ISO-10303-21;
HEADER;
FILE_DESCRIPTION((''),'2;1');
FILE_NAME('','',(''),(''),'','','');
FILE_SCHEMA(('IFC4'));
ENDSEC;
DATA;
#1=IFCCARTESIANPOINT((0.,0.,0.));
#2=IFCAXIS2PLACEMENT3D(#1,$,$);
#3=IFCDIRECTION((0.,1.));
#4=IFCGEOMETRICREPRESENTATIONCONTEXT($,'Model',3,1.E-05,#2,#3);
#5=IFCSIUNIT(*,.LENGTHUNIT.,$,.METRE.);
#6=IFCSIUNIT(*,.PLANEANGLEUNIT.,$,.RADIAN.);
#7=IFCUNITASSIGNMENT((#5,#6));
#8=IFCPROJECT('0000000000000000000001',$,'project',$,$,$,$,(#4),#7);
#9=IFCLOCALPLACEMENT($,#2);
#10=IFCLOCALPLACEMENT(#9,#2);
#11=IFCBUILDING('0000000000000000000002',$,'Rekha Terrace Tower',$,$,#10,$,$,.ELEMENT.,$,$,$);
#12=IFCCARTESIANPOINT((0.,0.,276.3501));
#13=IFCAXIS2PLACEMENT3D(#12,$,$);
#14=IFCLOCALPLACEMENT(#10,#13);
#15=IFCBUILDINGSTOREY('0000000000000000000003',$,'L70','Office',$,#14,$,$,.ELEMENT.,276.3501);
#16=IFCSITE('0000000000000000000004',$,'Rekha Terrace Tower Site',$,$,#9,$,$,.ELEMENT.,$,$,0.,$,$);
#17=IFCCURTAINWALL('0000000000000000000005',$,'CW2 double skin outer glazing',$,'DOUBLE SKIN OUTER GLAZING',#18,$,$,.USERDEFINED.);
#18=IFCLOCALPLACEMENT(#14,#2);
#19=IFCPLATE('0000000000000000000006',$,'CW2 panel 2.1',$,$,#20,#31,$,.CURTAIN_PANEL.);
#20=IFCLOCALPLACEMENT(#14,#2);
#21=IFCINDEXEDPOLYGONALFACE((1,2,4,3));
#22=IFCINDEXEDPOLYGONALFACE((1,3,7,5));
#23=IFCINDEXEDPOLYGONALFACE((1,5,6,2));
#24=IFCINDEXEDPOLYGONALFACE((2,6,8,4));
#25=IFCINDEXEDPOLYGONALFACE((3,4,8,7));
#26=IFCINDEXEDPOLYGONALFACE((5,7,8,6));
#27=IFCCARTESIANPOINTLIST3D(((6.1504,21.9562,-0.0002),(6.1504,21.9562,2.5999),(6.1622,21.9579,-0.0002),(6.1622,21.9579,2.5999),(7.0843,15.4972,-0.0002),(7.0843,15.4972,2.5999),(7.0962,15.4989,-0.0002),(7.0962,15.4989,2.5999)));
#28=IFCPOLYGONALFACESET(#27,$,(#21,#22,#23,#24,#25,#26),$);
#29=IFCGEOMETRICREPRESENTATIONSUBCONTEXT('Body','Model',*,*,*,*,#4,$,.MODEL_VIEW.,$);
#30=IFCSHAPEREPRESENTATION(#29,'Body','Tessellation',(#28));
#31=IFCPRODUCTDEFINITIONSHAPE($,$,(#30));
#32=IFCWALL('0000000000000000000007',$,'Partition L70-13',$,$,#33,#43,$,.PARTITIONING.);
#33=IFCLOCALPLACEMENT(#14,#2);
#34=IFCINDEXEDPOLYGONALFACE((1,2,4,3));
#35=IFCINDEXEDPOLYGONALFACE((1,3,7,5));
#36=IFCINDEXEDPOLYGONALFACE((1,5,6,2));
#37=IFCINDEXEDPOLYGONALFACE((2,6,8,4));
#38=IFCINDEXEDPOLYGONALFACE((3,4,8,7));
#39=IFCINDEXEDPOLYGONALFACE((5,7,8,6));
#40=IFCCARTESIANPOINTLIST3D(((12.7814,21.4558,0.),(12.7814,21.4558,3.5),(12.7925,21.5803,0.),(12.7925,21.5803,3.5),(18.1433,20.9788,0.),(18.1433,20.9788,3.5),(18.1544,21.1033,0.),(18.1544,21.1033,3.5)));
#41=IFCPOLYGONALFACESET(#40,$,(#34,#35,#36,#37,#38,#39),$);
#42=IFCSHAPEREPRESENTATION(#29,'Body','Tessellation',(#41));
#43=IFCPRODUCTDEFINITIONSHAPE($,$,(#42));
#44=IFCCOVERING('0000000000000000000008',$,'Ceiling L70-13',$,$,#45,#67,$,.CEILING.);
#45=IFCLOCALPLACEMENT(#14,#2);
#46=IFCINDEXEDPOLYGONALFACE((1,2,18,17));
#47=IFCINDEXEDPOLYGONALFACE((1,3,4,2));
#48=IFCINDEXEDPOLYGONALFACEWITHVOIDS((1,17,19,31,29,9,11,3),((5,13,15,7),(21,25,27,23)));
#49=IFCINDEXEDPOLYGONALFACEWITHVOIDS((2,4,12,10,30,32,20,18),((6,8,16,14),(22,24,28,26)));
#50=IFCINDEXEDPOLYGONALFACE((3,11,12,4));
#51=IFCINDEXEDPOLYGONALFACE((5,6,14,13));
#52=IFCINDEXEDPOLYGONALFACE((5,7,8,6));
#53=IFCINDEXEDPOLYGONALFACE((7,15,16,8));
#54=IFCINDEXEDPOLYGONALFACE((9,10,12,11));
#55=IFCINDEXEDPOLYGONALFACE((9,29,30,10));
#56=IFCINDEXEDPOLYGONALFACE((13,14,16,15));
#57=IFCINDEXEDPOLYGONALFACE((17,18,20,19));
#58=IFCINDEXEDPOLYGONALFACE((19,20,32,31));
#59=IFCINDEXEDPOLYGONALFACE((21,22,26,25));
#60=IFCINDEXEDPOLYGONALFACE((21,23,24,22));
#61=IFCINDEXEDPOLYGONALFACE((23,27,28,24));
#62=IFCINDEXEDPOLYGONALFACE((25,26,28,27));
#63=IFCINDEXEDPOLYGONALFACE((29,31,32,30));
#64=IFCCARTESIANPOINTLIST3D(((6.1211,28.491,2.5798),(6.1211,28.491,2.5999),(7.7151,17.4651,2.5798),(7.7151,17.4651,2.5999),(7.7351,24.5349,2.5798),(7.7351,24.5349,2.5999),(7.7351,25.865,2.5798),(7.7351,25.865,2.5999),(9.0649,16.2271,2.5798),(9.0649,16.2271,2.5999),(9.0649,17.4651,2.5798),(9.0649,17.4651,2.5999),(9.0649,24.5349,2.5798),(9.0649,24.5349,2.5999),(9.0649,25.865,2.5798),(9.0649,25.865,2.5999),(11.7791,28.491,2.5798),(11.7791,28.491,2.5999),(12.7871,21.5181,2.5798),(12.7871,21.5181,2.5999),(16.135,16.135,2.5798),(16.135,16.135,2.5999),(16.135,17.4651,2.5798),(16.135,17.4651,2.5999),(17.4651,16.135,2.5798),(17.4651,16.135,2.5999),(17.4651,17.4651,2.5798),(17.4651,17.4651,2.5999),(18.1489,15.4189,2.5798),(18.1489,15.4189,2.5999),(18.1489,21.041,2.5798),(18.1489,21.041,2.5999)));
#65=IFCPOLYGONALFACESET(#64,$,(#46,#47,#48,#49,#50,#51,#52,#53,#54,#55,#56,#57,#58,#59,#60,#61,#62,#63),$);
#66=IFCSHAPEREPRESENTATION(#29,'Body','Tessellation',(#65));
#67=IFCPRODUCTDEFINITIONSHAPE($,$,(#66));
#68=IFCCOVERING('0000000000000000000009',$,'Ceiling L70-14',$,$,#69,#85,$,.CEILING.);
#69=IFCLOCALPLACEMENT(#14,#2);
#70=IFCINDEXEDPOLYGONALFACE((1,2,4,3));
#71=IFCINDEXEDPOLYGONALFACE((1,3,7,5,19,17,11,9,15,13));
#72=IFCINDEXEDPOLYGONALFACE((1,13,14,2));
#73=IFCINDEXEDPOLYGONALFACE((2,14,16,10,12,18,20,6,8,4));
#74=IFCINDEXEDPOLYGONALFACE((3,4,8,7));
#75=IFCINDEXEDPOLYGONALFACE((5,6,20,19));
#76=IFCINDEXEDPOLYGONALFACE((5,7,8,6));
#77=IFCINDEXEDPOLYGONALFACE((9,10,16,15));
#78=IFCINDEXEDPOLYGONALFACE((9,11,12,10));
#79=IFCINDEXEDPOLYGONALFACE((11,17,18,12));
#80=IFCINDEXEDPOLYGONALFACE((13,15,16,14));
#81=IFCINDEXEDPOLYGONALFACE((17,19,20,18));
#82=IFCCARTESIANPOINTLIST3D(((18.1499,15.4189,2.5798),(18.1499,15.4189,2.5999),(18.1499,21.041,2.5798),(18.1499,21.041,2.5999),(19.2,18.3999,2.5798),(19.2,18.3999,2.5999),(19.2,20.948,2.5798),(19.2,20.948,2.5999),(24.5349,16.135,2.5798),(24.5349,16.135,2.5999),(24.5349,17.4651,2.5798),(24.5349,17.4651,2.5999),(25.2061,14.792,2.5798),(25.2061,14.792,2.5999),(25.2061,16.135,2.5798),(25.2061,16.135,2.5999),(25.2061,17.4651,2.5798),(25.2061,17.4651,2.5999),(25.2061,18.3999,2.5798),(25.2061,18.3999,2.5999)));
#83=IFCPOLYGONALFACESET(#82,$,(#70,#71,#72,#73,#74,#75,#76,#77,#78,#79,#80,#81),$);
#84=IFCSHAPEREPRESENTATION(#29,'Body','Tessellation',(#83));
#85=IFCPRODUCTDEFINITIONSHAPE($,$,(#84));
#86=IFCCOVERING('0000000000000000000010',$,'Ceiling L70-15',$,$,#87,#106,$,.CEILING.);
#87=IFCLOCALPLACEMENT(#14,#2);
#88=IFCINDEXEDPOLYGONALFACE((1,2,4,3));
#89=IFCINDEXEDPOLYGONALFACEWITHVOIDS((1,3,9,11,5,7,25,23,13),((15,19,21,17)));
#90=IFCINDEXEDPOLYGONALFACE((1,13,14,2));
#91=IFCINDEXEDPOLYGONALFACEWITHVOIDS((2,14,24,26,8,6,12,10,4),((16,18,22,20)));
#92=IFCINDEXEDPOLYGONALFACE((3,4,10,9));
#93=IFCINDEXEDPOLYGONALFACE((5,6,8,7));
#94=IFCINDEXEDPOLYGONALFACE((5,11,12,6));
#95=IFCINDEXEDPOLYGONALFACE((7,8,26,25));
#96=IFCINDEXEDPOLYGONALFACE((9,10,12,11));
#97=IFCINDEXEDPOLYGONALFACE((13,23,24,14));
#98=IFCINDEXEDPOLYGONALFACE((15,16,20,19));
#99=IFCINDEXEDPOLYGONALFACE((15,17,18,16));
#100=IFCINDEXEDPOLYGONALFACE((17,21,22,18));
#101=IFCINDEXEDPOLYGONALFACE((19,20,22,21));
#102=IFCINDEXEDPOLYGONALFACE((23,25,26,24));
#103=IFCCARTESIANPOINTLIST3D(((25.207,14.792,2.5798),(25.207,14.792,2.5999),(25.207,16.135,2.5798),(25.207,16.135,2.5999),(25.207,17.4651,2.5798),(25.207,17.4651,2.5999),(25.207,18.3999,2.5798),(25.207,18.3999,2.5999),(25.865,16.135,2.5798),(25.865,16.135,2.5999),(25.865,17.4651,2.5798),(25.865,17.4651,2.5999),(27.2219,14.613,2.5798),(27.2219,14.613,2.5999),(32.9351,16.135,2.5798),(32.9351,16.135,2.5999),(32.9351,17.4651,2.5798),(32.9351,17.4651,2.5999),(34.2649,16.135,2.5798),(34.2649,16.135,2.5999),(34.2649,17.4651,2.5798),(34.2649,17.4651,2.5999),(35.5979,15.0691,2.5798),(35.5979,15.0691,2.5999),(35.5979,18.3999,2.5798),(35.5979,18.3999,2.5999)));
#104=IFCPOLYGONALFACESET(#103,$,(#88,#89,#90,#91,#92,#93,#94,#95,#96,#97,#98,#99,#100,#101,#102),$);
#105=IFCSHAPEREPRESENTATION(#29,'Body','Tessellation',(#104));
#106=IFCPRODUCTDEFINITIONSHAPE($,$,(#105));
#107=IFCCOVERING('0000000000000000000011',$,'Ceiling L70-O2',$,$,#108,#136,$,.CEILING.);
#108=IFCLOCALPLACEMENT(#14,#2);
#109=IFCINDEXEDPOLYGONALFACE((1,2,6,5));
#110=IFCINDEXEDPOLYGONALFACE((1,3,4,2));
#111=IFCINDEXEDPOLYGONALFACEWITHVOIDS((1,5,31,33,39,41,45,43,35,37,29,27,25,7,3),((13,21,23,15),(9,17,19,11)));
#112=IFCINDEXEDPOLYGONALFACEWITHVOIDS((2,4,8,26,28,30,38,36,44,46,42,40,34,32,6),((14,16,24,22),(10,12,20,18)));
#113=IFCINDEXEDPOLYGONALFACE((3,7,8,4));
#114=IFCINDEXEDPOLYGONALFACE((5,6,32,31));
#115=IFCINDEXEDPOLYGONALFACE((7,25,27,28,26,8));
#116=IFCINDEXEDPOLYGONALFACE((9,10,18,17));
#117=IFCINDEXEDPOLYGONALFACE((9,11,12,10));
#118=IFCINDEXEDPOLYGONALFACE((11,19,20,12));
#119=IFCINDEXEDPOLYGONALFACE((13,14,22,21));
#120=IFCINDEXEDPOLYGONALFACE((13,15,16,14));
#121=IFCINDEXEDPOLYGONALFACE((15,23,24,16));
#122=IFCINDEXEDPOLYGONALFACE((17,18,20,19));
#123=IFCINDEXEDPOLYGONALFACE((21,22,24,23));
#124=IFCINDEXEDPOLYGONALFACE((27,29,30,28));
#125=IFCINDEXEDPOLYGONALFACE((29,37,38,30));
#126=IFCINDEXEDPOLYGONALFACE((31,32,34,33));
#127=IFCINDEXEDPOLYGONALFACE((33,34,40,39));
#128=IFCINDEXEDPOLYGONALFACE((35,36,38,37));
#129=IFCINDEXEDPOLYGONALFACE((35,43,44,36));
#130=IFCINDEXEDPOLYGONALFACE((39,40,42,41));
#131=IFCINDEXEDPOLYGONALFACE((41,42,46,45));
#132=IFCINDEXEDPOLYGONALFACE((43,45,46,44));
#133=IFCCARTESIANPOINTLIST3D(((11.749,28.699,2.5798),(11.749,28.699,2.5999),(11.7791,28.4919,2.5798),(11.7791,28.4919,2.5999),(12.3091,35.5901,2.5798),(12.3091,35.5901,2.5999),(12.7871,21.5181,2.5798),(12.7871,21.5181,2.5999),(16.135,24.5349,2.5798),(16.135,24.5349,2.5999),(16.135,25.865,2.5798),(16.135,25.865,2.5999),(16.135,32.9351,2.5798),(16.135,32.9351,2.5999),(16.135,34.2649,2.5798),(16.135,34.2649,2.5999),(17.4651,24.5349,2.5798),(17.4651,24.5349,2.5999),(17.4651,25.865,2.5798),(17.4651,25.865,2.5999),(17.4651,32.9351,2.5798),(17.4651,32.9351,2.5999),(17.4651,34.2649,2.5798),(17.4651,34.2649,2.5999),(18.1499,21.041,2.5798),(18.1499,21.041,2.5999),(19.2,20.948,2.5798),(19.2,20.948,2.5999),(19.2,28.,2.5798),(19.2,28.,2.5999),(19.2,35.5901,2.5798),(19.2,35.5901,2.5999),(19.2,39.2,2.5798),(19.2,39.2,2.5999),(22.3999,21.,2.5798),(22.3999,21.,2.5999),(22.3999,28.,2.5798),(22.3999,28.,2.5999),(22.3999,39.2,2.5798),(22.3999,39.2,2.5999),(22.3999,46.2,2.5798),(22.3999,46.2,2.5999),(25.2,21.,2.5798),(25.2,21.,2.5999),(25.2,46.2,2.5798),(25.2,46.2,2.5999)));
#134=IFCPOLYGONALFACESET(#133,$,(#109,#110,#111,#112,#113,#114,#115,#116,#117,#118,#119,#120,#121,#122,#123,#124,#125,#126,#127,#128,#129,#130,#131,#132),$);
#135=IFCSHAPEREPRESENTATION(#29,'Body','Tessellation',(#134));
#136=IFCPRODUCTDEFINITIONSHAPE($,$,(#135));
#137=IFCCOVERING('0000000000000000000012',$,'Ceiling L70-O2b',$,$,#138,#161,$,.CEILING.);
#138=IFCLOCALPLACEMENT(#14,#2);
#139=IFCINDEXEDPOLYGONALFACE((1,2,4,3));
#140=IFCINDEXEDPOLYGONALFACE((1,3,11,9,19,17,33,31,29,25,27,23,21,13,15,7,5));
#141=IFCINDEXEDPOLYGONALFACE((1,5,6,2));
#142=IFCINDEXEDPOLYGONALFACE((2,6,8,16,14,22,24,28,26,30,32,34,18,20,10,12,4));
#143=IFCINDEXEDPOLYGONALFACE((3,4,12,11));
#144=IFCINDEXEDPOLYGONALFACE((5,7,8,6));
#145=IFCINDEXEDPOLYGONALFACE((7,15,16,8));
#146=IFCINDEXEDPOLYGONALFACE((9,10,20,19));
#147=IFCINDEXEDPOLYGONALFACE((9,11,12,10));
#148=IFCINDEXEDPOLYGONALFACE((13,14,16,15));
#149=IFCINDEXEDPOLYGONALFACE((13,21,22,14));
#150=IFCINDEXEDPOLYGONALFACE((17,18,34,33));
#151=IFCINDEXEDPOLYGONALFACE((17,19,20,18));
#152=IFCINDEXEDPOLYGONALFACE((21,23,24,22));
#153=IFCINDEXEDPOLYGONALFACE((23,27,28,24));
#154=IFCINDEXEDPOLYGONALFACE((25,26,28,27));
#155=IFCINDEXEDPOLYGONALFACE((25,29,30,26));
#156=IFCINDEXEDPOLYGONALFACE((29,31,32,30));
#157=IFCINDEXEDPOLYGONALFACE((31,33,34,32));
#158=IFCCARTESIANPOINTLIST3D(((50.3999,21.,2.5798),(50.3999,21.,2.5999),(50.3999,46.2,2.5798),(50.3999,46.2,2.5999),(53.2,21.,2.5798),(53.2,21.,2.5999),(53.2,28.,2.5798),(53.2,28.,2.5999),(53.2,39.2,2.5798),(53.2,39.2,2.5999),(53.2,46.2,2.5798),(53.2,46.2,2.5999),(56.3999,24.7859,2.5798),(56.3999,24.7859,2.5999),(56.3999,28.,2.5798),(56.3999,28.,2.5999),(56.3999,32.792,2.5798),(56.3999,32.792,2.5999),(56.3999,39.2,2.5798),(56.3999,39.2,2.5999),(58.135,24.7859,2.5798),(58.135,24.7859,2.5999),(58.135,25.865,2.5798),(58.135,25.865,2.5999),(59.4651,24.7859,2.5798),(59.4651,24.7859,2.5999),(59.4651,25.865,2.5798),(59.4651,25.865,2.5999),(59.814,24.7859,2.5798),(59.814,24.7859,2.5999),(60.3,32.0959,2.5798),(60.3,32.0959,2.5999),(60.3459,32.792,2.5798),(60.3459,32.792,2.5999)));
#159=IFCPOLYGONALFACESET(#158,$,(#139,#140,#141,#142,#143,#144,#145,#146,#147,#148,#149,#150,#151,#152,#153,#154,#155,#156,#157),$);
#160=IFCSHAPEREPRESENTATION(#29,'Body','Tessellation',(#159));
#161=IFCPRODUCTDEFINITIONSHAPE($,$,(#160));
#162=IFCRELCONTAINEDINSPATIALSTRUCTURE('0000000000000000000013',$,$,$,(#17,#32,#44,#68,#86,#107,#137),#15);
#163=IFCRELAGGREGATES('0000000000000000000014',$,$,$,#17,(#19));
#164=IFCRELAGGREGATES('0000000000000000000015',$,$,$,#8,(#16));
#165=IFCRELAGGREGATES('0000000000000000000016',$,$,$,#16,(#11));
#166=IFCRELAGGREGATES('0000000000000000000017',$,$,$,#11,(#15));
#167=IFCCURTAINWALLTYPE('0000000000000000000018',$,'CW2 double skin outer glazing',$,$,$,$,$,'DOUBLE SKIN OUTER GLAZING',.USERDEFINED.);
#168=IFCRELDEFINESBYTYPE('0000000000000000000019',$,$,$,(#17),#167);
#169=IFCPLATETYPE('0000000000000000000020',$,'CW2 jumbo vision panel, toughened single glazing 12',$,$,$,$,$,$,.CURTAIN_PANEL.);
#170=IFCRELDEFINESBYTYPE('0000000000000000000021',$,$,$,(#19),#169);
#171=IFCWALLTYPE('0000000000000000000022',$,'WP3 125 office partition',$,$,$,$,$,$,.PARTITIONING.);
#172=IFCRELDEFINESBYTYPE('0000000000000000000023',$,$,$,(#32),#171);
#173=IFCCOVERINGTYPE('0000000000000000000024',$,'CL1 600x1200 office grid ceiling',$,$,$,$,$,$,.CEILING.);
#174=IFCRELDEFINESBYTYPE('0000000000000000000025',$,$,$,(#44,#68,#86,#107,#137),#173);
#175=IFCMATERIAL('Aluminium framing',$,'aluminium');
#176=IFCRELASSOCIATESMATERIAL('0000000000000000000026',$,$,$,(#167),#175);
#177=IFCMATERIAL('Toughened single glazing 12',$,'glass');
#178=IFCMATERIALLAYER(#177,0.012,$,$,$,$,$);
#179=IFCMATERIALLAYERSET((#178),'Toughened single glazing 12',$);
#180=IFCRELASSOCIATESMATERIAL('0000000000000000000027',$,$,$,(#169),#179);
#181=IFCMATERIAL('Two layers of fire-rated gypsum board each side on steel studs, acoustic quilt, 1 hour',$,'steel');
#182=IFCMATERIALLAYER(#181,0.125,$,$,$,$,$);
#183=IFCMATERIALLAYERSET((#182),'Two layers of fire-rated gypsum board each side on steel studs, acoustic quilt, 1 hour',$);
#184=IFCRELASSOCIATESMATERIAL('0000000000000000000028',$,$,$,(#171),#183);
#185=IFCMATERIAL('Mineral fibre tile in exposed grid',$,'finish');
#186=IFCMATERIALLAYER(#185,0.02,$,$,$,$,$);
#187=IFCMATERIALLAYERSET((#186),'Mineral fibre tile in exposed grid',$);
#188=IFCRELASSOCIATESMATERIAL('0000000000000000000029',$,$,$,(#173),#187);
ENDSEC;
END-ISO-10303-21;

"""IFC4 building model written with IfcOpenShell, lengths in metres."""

from ifc_helpers import new_model, si_unit, direction, frame, frame_2d, origin, origin_2d, place, context, subcontext, project, spatial, polyline, rectangle, outline, extrude, material, layer, layer_set, type_object, element, aggregate, save


model = new_model("IFC4")

# Units and contexts
model_context = context("Model", 3, precision=1e-05, world=origin(), true_north=direction((0.0, 1.0)))
body_context = subcontext(model_context, "Body", "Model", "MODEL_VIEW")
ifc_project = project(units=[si_unit("LENGTHUNIT", "METRE"), si_unit("PLANEANGLEUNIT", "RADIAN")], contexts=[model_context])

# Site, building, storey
site_placement = place(None, origin())
site = spatial("IfcSite", under=ifc_project, at=site_placement, Name="Rekha Terrace Tower Site", CompositionType="ELEMENT", RefElevation=0.0)
building_placement = place(site_placement, origin())
building = spatial("IfcBuilding", under=site, at=building_placement, Name="Rekha Terrace Tower", CompositionType="ELEMENT")
storey_placement = place(building_placement, frame((0.0, 0.0, 276.3501)))
storey = spatial("IfcBuildingStorey", under=building, at=storey_placement, Name="L70", Description="Office", CompositionType="ELEMENT", Elevation=276.3501)

# Curtain wall
ifc_material_1 = material(Name="Aluminium framing", Category="aluminium")
curtain_wall_type_1 = type_object("IfcCurtainWallType", Name="CW2 double skin outer glazing", ElementType="DOUBLE SKIN OUTER GLAZING", PredefinedType="USERDEFINED", material=ifc_material_1)
curtain_wall_1_placement = place(storey_placement, origin())
curtain_wall_1 = element("IfcCurtainWall", 1, at=curtain_wall_1_placement, inside=storey, type_object=curtain_wall_type_1, Name="CW2 double skin outer glazing", ObjectType="DOUBLE SKIN OUTER GLAZING", PredefinedType="USERDEFINED")

# Plate
ifc_material_2 = material(Name="Toughened single glazing 12", Category="glass")
ifc_layer_1 = layer(ifc_material_2, 0.012)
ifc_layer_set_1 = layer_set([ifc_layer_1], Name="Toughened single glazing 12")
plate_type_1 = type_object("IfcPlateType", Name="CW2 jumbo vision panel, toughened single glazing 12", PredefinedType="CURTAIN_PANEL", material=ifc_layer_set_1)
plate_1_placement = place(storey_placement, frame((6.6233, 18.7275, -0.0002), z_axis=(0.0, 0.0, 1.0), x_axis=(0.143108, -0.989707, 0.0)))
plate_1 = element("IfcPlate", 2, at=plate_1_placement, type_object=plate_type_1, Name="CW2 panel 2.1", PredefinedType="CURTAIN_PANEL", context=body_context, shape_type="SweptSolid", body=[
    extrude(rectangle(XDim=6.5261, YDim=0.012, at=origin_2d()), origin(), (0.0, 0.0, 1.0), 2.6001),
])
aggregate(curtain_wall_1, [plate_1])

# Wall
ifc_material_3 = material(Name="Two layers of fire-rated gypsum board each side on steel studs, acoustic quilt, 1 hour", Category="steel")
ifc_layer_2 = layer(ifc_material_3, 0.125)
ifc_layer_set_2 = layer_set([ifc_layer_2], Name="Two layers of fire-rated gypsum board each side on steel studs, acoustic quilt, 1 hour")
wall_type = type_object("IfcWallType", Name="WP3 125 office partition", PredefinedType="PARTITIONING", material=ifc_layer_set_2)
wall_placement = place(storey_placement, frame((12.7871, 21.5181, 0.0), z_axis=(0.0, 0.0, 1.0), x_axis=(0.996065, -0.088622, 0.0)))
element("IfcWall", 3, at=wall_placement, inside=storey, type_object=wall_type, Name="Partition L70-13", PredefinedType="PARTITIONING", context=body_context, shape_type="SweptSolid", body=[
    extrude(rectangle(XDim=5.3831, YDim=0.125, at=frame_2d((2.6914, 0.0))), origin(), (0.0, 0.0, 1.0), 3.5),
])

# Coverings
ifc_material_4 = material(Name="Mineral fibre tile in exposed grid", Category="finish")
ifc_layer_3 = layer(ifc_material_4, 0.02)
ifc_layer_set_3 = layer_set([ifc_layer_3], Name="Mineral fibre tile in exposed grid")
covering_type_1 = type_object("IfcCoveringType", Name="CL1 600x1200 office grid ceiling", PredefinedType="CEILING", material=ifc_layer_set_3)
covering_1_placement = place(storey_placement, frame((0.0, 0.0, 2.5798)))
element("IfcCovering", 4, at=covering_1_placement, inside=storey, type_object=covering_type_1, Name="Ceiling L70-13", PredefinedType="CEILING", context=body_context, shape_type="SweptSolid", body=[
    extrude(outline(polyline([(6.1211, 28.491), (7.7151, 17.4651), (9.0649, 17.4651), (9.0649, 16.2271), (18.1489, 15.4189), (18.1489, 21.041), (12.7871, 21.5181), (11.7791, 28.491), (6.1211, 28.491)]), holes=[polyline([(17.4651, 17.4651), (17.4651, 16.135), (16.135, 16.135), (16.135, 17.4651), (17.4651, 17.4651)]), polyline([(9.0649, 25.865), (9.0649, 24.5349), (7.7351, 24.5349), (7.7351, 25.865), (9.0649, 25.865)])]), origin(), (0.0, 0.0, 1.0), 0.02),
])
covering_2_placement = place(storey_placement, frame((0.0, 0.0, 2.5798)))
element("IfcCovering", 5, at=covering_2_placement, inside=storey, type_object=covering_type_1, Name="Ceiling L70-14", PredefinedType="CEILING", context=body_context, shape_type="SweptSolid", body=[
    extrude(outline(polyline([(19.2, 18.3999), (19.2, 20.948), (18.1499, 21.041), (18.1499, 15.4189), (25.2061, 14.792), (25.2061, 16.135), (24.5349, 16.135), (24.5349, 17.4651), (25.2061, 17.4651), (25.2061, 18.3999), (19.2, 18.3999)])), origin(), (0.0, 0.0, 1.0), 0.02),
])
covering_3_placement = place(storey_placement, frame((0.0, 0.0, 2.5798)))
element("IfcCovering", 6, at=covering_3_placement, inside=storey, type_object=covering_type_1, Name="Ceiling L70-15", PredefinedType="CEILING", context=body_context, shape_type="SweptSolid", body=[
    extrude(outline(polyline([(35.5979, 15.0691), (35.5979, 18.3999), (25.207, 18.3999), (25.207, 17.4651), (25.865, 17.4651), (25.865, 16.135), (25.207, 16.135), (25.207, 14.792), (27.2219, 14.613), (35.5979, 15.0691)]), holes=[polyline([(34.2649, 16.135), (32.9351, 16.135), (32.9351, 17.4651), (34.2649, 17.4651), (34.2649, 16.135)])]), origin(), (0.0, 0.0, 1.0), 0.02),
])
covering_4_placement = place(storey_placement, frame((0.0, 0.0, 2.5798)))
element("IfcCovering", 7, at=covering_4_placement, inside=storey, type_object=covering_type_1, Name="Ceiling L70-O2", PredefinedType="CEILING", context=body_context, shape_type="SweptSolid", body=[
    extrude(outline(polyline([(11.749, 28.699), (11.7791, 28.4919), (12.7871, 21.5181), (18.1499, 21.041), (19.2, 20.948), (19.2, 28.0), (22.3999, 28.0), (22.3999, 21.0), (25.2, 21.0), (25.2, 46.2), (22.3999, 46.2), (22.3999, 39.2), (19.2, 39.2), (19.2, 35.5901), (12.3091, 35.5901), (11.749, 28.699)]), holes=[polyline([(17.4651, 25.865), (17.4651, 24.5349), (16.135, 24.5349), (16.135, 25.865), (17.4651, 25.865)]), polyline([(17.4651, 34.2649), (17.4651, 32.9351), (16.135, 32.9351), (16.135, 34.2649), (17.4651, 34.2649)])]), origin(), (0.0, 0.0, 1.0), 0.02),
])
covering_5_placement = place(storey_placement, frame((0.0, 0.0, 2.5798)))
element("IfcCovering", 8, at=covering_5_placement, inside=storey, type_object=covering_type_1, Name="Ceiling L70-O2b", PredefinedType="CEILING", context=body_context, shape_type="SweptSolid", body=[
    extrude(outline(polyline([(50.3999, 21.0), (53.2, 21.0), (53.2, 28.0), (56.3999, 28.0), (56.3999, 24.7859), (58.135, 24.7859), (58.135, 25.865), (59.4651, 25.865), (59.4651, 24.7859), (59.814, 24.7859), (60.3, 32.0959), (60.3459, 32.792), (56.3999, 32.792), (56.3999, 39.2), (53.2, 39.2), (53.2, 46.2), (50.3999, 46.2), (50.3999, 21.0)])), origin(), (0.0, 0.0, 1.0), 0.02),
])

save(model, "model.ifc")
